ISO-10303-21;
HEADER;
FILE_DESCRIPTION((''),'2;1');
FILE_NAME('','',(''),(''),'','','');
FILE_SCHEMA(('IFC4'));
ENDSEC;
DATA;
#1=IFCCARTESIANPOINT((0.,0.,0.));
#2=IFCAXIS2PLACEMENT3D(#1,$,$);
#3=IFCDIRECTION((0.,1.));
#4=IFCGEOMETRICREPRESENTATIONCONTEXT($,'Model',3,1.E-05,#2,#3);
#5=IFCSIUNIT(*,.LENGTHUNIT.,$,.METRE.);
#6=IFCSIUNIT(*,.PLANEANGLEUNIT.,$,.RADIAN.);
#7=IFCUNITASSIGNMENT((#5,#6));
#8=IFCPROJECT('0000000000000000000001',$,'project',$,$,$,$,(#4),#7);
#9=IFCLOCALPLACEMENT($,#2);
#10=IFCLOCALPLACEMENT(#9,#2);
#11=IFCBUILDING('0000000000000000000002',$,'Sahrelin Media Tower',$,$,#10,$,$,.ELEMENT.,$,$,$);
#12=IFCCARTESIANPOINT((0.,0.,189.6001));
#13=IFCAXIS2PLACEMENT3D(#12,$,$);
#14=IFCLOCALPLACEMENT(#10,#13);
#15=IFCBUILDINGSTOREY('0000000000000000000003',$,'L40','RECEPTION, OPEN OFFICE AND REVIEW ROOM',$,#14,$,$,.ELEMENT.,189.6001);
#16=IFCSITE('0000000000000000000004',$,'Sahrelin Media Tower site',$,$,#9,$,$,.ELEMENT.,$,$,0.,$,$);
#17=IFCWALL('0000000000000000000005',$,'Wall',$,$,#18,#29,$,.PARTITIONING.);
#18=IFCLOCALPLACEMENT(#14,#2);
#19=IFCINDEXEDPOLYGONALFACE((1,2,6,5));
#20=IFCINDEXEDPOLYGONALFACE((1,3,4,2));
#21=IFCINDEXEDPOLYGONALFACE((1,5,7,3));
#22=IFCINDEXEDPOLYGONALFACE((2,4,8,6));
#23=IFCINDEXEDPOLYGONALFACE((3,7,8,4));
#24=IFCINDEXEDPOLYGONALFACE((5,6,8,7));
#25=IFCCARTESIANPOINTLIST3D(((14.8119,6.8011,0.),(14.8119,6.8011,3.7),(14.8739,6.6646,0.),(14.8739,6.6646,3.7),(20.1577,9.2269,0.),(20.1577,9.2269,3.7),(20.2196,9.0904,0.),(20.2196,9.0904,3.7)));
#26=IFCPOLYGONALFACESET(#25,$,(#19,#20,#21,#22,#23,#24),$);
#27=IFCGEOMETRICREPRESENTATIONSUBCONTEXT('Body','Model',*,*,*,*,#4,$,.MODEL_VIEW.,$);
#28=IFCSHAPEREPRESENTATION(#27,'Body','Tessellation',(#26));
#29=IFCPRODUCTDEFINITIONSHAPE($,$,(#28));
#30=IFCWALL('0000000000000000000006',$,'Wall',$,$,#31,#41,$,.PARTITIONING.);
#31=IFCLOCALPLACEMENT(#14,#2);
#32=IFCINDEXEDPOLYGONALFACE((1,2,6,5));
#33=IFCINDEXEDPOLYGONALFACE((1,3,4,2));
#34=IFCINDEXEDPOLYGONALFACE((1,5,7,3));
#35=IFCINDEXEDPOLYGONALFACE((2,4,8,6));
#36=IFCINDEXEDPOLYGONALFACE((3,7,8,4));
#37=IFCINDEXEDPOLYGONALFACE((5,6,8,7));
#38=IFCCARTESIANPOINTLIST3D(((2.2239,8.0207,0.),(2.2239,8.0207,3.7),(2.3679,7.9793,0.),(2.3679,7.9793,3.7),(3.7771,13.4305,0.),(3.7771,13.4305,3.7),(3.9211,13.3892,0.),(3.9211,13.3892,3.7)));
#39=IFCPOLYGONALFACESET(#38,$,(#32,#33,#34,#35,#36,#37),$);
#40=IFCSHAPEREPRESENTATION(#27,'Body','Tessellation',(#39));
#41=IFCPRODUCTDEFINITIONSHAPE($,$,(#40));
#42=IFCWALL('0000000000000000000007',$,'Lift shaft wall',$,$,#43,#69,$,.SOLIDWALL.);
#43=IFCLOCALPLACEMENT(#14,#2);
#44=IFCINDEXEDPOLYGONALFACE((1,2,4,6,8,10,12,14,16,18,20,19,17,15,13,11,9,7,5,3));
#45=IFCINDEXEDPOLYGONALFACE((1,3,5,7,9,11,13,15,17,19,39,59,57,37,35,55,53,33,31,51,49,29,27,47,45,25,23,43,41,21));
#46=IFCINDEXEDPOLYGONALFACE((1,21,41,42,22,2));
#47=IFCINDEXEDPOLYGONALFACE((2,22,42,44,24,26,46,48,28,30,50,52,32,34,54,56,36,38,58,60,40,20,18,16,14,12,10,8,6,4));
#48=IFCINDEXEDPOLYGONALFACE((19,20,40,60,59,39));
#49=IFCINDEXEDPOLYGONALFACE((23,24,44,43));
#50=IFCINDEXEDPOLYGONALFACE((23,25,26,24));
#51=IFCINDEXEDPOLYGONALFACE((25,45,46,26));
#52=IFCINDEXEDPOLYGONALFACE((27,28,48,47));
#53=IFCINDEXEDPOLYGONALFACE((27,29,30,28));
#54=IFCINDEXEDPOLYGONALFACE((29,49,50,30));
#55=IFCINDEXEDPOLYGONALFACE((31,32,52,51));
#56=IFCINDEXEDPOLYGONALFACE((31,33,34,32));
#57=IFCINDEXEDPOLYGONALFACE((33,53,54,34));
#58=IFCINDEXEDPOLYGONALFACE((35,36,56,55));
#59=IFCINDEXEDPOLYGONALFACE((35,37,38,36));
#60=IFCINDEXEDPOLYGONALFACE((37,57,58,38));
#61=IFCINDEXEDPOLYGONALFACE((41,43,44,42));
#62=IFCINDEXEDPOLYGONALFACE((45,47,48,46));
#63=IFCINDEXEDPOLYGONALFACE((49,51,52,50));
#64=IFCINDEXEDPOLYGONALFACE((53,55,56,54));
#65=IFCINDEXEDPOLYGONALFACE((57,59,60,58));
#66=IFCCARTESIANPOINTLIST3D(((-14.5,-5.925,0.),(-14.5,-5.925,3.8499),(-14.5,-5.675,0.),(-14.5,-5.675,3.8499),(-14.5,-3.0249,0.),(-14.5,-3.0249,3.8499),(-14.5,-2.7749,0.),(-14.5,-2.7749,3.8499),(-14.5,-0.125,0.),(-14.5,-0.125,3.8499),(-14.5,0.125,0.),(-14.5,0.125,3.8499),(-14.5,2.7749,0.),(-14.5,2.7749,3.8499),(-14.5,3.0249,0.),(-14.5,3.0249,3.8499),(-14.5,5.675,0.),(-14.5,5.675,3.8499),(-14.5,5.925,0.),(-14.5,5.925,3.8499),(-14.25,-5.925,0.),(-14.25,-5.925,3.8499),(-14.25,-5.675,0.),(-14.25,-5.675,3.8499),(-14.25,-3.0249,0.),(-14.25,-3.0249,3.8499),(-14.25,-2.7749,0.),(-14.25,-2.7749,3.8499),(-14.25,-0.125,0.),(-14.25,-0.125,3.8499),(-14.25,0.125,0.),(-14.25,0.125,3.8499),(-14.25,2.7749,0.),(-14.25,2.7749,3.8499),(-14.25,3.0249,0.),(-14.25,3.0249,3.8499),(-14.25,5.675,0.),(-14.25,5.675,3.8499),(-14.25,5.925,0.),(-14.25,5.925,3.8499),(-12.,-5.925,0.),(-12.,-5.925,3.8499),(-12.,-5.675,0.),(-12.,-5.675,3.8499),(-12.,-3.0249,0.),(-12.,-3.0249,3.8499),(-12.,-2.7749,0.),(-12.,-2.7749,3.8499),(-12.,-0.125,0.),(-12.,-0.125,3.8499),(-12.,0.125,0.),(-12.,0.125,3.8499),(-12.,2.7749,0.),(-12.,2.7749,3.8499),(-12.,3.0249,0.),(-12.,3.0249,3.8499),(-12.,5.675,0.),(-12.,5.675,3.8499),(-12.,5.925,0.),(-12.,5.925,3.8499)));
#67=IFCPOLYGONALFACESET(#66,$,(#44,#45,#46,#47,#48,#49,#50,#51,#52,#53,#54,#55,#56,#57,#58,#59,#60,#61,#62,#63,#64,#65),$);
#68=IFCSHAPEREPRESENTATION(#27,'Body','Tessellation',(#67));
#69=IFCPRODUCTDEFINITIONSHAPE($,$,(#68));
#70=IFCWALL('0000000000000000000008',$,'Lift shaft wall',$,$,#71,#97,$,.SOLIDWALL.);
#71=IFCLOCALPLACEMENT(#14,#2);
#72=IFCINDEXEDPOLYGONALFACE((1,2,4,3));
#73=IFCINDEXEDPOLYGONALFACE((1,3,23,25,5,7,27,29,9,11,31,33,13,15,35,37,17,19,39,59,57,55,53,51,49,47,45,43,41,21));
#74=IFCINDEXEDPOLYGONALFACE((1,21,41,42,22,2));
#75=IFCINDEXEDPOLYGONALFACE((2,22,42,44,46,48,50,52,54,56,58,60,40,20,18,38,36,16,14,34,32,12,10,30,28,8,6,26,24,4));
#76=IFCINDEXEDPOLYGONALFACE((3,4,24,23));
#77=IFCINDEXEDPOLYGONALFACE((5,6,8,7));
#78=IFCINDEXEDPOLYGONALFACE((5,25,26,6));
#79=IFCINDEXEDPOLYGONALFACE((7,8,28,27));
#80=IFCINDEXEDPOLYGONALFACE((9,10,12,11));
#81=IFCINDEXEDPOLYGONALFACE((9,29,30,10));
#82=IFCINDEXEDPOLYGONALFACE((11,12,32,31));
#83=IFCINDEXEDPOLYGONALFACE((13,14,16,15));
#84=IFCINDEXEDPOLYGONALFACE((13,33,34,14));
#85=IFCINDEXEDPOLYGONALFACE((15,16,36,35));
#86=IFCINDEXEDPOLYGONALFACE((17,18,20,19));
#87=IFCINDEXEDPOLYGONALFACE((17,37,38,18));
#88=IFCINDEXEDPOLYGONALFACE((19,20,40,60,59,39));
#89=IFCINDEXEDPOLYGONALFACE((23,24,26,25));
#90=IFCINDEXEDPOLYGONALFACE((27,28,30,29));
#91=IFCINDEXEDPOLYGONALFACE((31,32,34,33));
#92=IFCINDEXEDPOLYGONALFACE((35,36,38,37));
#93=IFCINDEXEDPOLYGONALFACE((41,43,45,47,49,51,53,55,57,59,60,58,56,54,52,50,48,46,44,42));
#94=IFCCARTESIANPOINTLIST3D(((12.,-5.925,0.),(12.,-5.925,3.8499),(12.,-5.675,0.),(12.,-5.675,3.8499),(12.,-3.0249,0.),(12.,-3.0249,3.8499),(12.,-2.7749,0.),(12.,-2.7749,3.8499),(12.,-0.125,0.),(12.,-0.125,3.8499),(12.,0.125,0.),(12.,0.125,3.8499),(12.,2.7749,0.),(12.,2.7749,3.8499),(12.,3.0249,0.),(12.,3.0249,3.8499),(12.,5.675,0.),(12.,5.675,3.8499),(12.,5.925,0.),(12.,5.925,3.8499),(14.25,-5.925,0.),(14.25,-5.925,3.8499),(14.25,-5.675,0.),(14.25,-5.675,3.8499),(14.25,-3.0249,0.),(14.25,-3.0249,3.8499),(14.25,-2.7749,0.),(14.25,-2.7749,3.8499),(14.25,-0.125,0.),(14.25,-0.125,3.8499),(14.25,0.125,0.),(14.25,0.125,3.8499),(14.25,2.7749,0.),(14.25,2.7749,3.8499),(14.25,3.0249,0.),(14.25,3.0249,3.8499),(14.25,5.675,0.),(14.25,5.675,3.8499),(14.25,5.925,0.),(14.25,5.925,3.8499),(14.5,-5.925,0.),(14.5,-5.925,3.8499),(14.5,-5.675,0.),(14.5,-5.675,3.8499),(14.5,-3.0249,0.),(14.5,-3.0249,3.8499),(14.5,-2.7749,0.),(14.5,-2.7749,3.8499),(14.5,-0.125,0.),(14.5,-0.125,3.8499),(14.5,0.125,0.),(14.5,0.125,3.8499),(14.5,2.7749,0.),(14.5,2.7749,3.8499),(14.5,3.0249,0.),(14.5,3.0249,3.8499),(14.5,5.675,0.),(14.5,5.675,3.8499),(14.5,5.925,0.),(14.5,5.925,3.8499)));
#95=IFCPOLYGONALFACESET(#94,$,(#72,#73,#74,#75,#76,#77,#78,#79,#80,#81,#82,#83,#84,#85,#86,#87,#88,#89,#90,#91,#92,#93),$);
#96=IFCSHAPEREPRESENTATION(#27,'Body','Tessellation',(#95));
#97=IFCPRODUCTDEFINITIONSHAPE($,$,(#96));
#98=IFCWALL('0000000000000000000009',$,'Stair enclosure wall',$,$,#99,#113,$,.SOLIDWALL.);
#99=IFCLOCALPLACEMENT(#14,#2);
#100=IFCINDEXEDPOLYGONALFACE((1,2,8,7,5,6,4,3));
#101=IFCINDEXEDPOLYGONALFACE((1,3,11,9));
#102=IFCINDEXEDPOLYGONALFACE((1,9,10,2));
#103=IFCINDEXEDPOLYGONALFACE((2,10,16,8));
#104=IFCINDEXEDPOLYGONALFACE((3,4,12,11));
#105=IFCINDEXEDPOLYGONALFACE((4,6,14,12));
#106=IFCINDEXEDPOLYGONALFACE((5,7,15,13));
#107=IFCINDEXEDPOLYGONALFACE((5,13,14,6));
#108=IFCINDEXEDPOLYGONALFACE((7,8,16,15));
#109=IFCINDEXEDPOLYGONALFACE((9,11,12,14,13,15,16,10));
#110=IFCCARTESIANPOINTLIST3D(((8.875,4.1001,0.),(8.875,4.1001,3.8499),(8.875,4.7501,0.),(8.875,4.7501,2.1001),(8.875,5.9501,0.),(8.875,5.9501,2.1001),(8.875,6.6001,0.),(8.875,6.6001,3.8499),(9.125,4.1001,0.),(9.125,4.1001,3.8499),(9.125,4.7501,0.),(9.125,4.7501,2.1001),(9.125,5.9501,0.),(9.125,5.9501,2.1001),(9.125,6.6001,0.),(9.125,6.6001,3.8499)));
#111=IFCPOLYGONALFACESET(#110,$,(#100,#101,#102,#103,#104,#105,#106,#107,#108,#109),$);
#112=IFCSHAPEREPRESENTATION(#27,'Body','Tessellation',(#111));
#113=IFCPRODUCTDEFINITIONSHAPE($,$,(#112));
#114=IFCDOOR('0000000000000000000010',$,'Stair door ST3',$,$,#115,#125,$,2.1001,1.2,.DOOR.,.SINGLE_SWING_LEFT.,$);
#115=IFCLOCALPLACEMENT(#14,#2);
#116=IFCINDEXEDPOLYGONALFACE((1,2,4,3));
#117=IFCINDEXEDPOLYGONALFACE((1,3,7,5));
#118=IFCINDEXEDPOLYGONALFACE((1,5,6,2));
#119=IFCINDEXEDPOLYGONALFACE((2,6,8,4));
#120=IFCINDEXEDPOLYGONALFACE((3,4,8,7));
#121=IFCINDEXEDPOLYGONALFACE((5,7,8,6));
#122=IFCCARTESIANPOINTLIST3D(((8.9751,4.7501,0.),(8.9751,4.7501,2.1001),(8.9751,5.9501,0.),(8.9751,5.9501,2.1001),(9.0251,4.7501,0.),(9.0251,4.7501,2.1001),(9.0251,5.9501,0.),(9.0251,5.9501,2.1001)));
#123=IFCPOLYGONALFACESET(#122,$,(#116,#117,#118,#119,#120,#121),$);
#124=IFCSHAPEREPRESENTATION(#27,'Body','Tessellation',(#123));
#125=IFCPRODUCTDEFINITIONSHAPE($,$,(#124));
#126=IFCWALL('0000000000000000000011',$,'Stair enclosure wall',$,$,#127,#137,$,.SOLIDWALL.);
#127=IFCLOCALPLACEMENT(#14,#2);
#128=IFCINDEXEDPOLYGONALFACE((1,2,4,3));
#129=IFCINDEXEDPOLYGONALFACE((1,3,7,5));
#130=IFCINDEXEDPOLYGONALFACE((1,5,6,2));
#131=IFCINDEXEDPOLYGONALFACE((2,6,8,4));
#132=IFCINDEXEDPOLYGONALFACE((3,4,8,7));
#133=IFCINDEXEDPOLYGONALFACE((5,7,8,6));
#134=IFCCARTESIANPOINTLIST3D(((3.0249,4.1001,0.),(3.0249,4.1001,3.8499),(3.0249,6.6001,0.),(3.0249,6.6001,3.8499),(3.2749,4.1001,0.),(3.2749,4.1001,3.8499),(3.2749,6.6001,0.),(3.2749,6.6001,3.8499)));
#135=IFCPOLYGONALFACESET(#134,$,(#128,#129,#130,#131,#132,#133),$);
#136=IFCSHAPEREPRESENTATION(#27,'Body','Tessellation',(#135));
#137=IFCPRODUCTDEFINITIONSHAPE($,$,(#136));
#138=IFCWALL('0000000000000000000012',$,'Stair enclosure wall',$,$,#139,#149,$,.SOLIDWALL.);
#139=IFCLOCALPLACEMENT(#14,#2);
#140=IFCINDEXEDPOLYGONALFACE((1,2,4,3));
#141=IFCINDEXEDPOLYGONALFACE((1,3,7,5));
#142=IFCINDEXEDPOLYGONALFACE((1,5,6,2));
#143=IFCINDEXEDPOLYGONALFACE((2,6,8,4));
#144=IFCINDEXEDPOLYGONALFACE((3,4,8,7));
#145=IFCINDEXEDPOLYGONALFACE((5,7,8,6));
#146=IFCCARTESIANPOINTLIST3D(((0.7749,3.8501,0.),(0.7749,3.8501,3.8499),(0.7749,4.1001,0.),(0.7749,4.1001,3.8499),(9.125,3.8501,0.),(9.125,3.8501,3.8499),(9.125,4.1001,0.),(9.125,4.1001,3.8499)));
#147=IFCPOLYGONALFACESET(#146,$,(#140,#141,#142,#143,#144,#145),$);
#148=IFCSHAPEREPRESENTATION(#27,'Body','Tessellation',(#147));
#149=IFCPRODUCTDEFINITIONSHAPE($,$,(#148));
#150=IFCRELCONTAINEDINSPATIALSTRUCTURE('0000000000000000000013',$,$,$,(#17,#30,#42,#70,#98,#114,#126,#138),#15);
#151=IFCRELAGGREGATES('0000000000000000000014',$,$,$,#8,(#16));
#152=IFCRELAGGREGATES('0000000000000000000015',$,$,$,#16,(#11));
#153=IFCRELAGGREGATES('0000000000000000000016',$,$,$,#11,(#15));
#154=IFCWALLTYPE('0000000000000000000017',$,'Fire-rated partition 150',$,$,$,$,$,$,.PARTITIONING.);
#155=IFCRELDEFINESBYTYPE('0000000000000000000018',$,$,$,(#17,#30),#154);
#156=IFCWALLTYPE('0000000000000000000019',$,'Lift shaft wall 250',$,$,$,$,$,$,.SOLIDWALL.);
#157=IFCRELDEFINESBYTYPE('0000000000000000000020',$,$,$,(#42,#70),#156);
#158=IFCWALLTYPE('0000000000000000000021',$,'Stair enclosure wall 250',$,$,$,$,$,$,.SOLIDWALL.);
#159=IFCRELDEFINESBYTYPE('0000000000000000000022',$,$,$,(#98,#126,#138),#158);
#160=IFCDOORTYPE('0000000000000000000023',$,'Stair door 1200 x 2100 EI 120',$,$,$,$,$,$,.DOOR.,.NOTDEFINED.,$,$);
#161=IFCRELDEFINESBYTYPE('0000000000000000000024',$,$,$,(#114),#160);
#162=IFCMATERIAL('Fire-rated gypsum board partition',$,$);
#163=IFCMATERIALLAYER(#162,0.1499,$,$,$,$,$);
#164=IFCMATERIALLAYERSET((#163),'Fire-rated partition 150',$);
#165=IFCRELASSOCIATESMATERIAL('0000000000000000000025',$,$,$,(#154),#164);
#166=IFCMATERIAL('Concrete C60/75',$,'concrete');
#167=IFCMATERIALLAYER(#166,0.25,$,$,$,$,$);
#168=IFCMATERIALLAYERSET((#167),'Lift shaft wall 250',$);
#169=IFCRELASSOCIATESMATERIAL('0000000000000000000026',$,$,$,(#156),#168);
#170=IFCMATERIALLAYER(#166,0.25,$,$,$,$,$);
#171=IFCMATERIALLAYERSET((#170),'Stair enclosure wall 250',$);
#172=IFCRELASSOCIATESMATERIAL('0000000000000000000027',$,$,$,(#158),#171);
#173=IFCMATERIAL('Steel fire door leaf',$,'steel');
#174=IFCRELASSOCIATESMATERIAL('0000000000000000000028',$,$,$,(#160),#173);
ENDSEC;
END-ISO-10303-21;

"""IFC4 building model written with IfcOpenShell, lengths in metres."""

from ifc_helpers import new_model, si_unit, direction, frame, frame_2d, origin, place, context, subcontext, project, spatial, polyline, rectangle, outline, extrude, material, layer, layer_set, type_object, element, fill, save


model = new_model("IFC4")

# Units and contexts
model_context = context("Model", 3, precision=1e-05, world=origin(), true_north=direction((0.0, 1.0)))
body_context = subcontext(model_context, "Body", "Model", "MODEL_VIEW")
ifc_project = project(units=[si_unit("LENGTHUNIT", "METRE"), si_unit("PLANEANGLEUNIT", "RADIAN")], contexts=[model_context])

# Site, building, storey
site_placement = place(None, origin())
site = spatial("IfcSite", under=ifc_project, at=site_placement, Name="Sahrelin Media Tower site", CompositionType="ELEMENT", RefElevation=0.0)
building_placement = place(site_placement, origin())
building = spatial("IfcBuilding", under=site, at=building_placement, Name="Sahrelin Media Tower", CompositionType="ELEMENT")
storey_placement = place(building_placement, frame((0.0, 0.0, 189.6001)))
storey = spatial("IfcBuildingStorey", under=building, at=storey_placement, Name="L40", Description="RECEPTION, OPEN OFFICE AND REVIEW ROOM", CompositionType="ELEMENT", Elevation=189.6001)

# Shared definitions
ifc_material_1 = material(Name="Fire-rated gypsum board partition")
ifc_material_2 = material(Name="Steel fire door leaf", Category="steel")

# Walls
ifc_layer_1 = layer(ifc_material_1, 0.1499)
ifc_layer_set_1 = layer_set([ifc_layer_1], Name="Fire-rated partition 150")
wall_type_1 = type_object("IfcWallType", Name="Fire-rated partition 150", PredefinedType="PARTITIONING", material=ifc_layer_set_1)
wall_1_placement = place(storey_placement, frame((14.843, 6.7329, 0.0), z_axis=(0.0, 0.0, 1.0), x_axis=(0.910628, 0.413226, 0.0)))
element("IfcWall", 1, at=wall_1_placement, inside=storey, type_object=wall_type_1, Name="Wall", PredefinedType="PARTITIONING", context=body_context, shape_type="SweptSolid", body=[
    extrude(rectangle(XDim=5.8704, YDim=0.1499, at=frame_2d((2.9351, 0.0))), origin(), (0.0, 0.0, 1.0), 3.7),
])
wall_2_placement = place(storey_placement, frame((2.2959, 8.0, 0.0), z_axis=(0.0, 0.0, 1.0), x_axis=(0.275958, 0.96117, 0.0)))
element("IfcWall", 2, at=wall_2_placement, inside=storey, type_object=wall_type_1, Name="Wall", PredefinedType="PARTITIONING", context=body_context, shape_type="SweptSolid", body=[
    extrude(rectangle(XDim=5.6284, YDim=0.1499, at=frame_2d((2.8142, 0.0))), origin(), (0.0, 0.0, 1.0), 3.7),
])
ifc_material_3 = material(Name="Concrete C60/75", Category="concrete")
ifc_layer_2 = layer(ifc_material_3, 0.25)
ifc_layer_set_2 = layer_set([ifc_layer_2], Name="Lift shaft wall 250")
wall_type_2 = type_object("IfcWallType", Name="Lift shaft wall 250", PredefinedType="SOLIDWALL", material=ifc_layer_set_2)
placement = place(storey_placement, origin())
element("IfcWall", 3, at=placement, inside=storey, type_object=wall_type_2, Name="Lift shaft wall", PredefinedType="SOLIDWALL", context=body_context, shape_type="SweptSolid", body=[
    extrude(outline(polyline([(-12.0, -5.925), (-12.0, -5.675), (-14.25, -5.675), (-14.25, -3.0249), (-12.0, -3.0249), (-12.0, -2.7749), (-14.25, -2.7749), (-14.25, -0.125), (-12.0, -0.125), (-12.0, 0.125), (-14.25, 0.125), (-14.25, 2.7749), (-12.0, 2.7749), (-12.0, 3.0249), (-14.25, 3.0249), (-14.25, 5.675), (-12.0, 5.675), (-12.0, 5.925), (-14.25, 5.925), (-14.5, 5.925), (-14.5, 5.675), (-14.5, 3.0249), (-14.5, 2.7749), (-14.5, 0.125), (-14.5, -0.125), (-14.5, -2.7749), (-14.5, -3.0249), (-14.5, -5.675), (-14.5, -5.925), (-14.25, -5.925), (-12.0, -5.925)])), origin(), (0.0, 0.0, 1.0), 3.8499),
])
element("IfcWall", 4, at=placement, inside=storey, type_object=wall_type_2, Name="Lift shaft wall", PredefinedType="SOLIDWALL", context=body_context, shape_type="SweptSolid", body=[
    extrude(outline(polyline([(12.0, -5.675), (12.0, -5.925), (14.25, -5.925), (14.5, -5.925), (14.5, -5.675), (14.5, -3.0249), (14.5, -2.7749), (14.5, -0.125), (14.5, 0.125), (14.5, 2.7749), (14.5, 3.0249), (14.5, 5.675), (14.5, 5.925), (14.25, 5.925), (12.0, 5.925), (12.0, 5.675), (14.25, 5.675), (14.25, 3.0249), (12.0, 3.0249), (12.0, 2.7749), (14.25, 2.7749), (14.25, 0.125), (12.0, 0.125), (12.0, -0.125), (14.25, -0.125), (14.25, -2.7749), (12.0, -2.7749), (12.0, -3.0249), (14.25, -3.0249), (14.25, -5.675), (12.0, -5.675)])), origin(), (0.0, 0.0, 1.0), 3.8499),
])

# Wall, opening, door
ifc_layer_3 = layer(ifc_material_3, 0.25)
ifc_layer_set_3 = layer_set([ifc_layer_3], Name="Stair enclosure wall 250")
wall_type_3 = type_object("IfcWallType", Name="Stair enclosure wall 250", PredefinedType="SOLIDWALL", material=ifc_layer_set_3)
wall_3_placement = place(storey_placement, frame((9.0, 4.1001, 0.0), z_axis=(0.0, 0.0, 1.0), x_axis=(0.0, 1.0, 0.0)))
wall_3 = element("IfcWall", 5, at=wall_3_placement, inside=storey, type_object=wall_type_3, Name="Stair enclosure wall", PredefinedType="SOLIDWALL", context=body_context, shape_type="SweptSolid", body=[
    extrude(rectangle(XDim=2.5, YDim=0.25, at=frame_2d((1.25, 0.0))), origin(), (0.0, 0.0, 1.0), 3.8499),
])
opening_1_placement = place(wall_3_placement, frame((0.6499, 0.0, 0.0)))
opening_1 = element("IfcOpeningElement", 6, at=opening_1_placement, cuts=wall_3, PredefinedType="OPENING", context=body_context, shape_type="SweptSolid", body=[
    extrude(rectangle(XDim=1.2, YDim=2.1001, at=frame_2d((0.6001, 1.05))), frame((0.0, 0.125, 0.0), z_axis=(0.0, -1.0, 0.0), x_axis=(1.0, 0.0, 0.0)), (0.0, 0.0, 1.0), 0.25),
])
door_type_1 = type_object("IfcDoorType", Name="Stair door 1200 x 2100 EI 120", OperationType="NOTDEFINED", PredefinedType="DOOR", material=ifc_material_2)
door_1_placement = place(opening_1_placement, origin())
door_1 = element("IfcDoor", 7, at=door_1_placement, inside=storey, type_object=door_type_1, Name="Stair door ST3", OperationType="SINGLE_SWING_LEFT", OverallHeight=2.1001, OverallWidth=1.2, PredefinedType="DOOR", context=body_context, shape_type="SweptSolid", body=[
    extrude(rectangle(XDim=1.2, YDim=2.1001, at=frame_2d((0.6001, 1.05))), frame((0.0, 0.0249, 0.0), z_axis=(0.0, -1.0, 0.0), x_axis=(1.0, 0.0, 0.0)), (0.0, 0.0, 1.0), 0.05),
])
fill(opening_1, door_1)

# Walls
wall_4_placement = place(storey_placement, frame((3.1499, 4.1001, 0.0), z_axis=(0.0, 0.0, 1.0), x_axis=(0.0, 1.0, 0.0)))
element("IfcWall", 8, at=wall_4_placement, inside=storey, type_object=wall_type_3, Name="Stair enclosure wall", PredefinedType="SOLIDWALL", context=body_context, shape_type="SweptSolid", body=[
    extrude(rectangle(XDim=2.5, YDim=0.25, at=frame_2d((1.25, 0.0))), origin(), (0.0, 0.0, 1.0), 3.8499),
])
wall_5_placement = place(storey_placement, frame((0.7749, 3.9751, 0.0), z_axis=(0.0, 0.0, 1.0), x_axis=(1.0, 0.0, 0.0)))
element("IfcWall", 9, at=wall_5_placement, inside=storey, type_object=wall_type_3, Name="Stair enclosure wall", PredefinedType="SOLIDWALL", context=body_context, shape_type="SweptSolid", body=[
    extrude(rectangle(XDim=8.3501, YDim=0.25, at=frame_2d((4.175, 0.0))), origin(), (0.0, 0.0, 1.0), 3.8499),
])

save(model, "model.ifc")
